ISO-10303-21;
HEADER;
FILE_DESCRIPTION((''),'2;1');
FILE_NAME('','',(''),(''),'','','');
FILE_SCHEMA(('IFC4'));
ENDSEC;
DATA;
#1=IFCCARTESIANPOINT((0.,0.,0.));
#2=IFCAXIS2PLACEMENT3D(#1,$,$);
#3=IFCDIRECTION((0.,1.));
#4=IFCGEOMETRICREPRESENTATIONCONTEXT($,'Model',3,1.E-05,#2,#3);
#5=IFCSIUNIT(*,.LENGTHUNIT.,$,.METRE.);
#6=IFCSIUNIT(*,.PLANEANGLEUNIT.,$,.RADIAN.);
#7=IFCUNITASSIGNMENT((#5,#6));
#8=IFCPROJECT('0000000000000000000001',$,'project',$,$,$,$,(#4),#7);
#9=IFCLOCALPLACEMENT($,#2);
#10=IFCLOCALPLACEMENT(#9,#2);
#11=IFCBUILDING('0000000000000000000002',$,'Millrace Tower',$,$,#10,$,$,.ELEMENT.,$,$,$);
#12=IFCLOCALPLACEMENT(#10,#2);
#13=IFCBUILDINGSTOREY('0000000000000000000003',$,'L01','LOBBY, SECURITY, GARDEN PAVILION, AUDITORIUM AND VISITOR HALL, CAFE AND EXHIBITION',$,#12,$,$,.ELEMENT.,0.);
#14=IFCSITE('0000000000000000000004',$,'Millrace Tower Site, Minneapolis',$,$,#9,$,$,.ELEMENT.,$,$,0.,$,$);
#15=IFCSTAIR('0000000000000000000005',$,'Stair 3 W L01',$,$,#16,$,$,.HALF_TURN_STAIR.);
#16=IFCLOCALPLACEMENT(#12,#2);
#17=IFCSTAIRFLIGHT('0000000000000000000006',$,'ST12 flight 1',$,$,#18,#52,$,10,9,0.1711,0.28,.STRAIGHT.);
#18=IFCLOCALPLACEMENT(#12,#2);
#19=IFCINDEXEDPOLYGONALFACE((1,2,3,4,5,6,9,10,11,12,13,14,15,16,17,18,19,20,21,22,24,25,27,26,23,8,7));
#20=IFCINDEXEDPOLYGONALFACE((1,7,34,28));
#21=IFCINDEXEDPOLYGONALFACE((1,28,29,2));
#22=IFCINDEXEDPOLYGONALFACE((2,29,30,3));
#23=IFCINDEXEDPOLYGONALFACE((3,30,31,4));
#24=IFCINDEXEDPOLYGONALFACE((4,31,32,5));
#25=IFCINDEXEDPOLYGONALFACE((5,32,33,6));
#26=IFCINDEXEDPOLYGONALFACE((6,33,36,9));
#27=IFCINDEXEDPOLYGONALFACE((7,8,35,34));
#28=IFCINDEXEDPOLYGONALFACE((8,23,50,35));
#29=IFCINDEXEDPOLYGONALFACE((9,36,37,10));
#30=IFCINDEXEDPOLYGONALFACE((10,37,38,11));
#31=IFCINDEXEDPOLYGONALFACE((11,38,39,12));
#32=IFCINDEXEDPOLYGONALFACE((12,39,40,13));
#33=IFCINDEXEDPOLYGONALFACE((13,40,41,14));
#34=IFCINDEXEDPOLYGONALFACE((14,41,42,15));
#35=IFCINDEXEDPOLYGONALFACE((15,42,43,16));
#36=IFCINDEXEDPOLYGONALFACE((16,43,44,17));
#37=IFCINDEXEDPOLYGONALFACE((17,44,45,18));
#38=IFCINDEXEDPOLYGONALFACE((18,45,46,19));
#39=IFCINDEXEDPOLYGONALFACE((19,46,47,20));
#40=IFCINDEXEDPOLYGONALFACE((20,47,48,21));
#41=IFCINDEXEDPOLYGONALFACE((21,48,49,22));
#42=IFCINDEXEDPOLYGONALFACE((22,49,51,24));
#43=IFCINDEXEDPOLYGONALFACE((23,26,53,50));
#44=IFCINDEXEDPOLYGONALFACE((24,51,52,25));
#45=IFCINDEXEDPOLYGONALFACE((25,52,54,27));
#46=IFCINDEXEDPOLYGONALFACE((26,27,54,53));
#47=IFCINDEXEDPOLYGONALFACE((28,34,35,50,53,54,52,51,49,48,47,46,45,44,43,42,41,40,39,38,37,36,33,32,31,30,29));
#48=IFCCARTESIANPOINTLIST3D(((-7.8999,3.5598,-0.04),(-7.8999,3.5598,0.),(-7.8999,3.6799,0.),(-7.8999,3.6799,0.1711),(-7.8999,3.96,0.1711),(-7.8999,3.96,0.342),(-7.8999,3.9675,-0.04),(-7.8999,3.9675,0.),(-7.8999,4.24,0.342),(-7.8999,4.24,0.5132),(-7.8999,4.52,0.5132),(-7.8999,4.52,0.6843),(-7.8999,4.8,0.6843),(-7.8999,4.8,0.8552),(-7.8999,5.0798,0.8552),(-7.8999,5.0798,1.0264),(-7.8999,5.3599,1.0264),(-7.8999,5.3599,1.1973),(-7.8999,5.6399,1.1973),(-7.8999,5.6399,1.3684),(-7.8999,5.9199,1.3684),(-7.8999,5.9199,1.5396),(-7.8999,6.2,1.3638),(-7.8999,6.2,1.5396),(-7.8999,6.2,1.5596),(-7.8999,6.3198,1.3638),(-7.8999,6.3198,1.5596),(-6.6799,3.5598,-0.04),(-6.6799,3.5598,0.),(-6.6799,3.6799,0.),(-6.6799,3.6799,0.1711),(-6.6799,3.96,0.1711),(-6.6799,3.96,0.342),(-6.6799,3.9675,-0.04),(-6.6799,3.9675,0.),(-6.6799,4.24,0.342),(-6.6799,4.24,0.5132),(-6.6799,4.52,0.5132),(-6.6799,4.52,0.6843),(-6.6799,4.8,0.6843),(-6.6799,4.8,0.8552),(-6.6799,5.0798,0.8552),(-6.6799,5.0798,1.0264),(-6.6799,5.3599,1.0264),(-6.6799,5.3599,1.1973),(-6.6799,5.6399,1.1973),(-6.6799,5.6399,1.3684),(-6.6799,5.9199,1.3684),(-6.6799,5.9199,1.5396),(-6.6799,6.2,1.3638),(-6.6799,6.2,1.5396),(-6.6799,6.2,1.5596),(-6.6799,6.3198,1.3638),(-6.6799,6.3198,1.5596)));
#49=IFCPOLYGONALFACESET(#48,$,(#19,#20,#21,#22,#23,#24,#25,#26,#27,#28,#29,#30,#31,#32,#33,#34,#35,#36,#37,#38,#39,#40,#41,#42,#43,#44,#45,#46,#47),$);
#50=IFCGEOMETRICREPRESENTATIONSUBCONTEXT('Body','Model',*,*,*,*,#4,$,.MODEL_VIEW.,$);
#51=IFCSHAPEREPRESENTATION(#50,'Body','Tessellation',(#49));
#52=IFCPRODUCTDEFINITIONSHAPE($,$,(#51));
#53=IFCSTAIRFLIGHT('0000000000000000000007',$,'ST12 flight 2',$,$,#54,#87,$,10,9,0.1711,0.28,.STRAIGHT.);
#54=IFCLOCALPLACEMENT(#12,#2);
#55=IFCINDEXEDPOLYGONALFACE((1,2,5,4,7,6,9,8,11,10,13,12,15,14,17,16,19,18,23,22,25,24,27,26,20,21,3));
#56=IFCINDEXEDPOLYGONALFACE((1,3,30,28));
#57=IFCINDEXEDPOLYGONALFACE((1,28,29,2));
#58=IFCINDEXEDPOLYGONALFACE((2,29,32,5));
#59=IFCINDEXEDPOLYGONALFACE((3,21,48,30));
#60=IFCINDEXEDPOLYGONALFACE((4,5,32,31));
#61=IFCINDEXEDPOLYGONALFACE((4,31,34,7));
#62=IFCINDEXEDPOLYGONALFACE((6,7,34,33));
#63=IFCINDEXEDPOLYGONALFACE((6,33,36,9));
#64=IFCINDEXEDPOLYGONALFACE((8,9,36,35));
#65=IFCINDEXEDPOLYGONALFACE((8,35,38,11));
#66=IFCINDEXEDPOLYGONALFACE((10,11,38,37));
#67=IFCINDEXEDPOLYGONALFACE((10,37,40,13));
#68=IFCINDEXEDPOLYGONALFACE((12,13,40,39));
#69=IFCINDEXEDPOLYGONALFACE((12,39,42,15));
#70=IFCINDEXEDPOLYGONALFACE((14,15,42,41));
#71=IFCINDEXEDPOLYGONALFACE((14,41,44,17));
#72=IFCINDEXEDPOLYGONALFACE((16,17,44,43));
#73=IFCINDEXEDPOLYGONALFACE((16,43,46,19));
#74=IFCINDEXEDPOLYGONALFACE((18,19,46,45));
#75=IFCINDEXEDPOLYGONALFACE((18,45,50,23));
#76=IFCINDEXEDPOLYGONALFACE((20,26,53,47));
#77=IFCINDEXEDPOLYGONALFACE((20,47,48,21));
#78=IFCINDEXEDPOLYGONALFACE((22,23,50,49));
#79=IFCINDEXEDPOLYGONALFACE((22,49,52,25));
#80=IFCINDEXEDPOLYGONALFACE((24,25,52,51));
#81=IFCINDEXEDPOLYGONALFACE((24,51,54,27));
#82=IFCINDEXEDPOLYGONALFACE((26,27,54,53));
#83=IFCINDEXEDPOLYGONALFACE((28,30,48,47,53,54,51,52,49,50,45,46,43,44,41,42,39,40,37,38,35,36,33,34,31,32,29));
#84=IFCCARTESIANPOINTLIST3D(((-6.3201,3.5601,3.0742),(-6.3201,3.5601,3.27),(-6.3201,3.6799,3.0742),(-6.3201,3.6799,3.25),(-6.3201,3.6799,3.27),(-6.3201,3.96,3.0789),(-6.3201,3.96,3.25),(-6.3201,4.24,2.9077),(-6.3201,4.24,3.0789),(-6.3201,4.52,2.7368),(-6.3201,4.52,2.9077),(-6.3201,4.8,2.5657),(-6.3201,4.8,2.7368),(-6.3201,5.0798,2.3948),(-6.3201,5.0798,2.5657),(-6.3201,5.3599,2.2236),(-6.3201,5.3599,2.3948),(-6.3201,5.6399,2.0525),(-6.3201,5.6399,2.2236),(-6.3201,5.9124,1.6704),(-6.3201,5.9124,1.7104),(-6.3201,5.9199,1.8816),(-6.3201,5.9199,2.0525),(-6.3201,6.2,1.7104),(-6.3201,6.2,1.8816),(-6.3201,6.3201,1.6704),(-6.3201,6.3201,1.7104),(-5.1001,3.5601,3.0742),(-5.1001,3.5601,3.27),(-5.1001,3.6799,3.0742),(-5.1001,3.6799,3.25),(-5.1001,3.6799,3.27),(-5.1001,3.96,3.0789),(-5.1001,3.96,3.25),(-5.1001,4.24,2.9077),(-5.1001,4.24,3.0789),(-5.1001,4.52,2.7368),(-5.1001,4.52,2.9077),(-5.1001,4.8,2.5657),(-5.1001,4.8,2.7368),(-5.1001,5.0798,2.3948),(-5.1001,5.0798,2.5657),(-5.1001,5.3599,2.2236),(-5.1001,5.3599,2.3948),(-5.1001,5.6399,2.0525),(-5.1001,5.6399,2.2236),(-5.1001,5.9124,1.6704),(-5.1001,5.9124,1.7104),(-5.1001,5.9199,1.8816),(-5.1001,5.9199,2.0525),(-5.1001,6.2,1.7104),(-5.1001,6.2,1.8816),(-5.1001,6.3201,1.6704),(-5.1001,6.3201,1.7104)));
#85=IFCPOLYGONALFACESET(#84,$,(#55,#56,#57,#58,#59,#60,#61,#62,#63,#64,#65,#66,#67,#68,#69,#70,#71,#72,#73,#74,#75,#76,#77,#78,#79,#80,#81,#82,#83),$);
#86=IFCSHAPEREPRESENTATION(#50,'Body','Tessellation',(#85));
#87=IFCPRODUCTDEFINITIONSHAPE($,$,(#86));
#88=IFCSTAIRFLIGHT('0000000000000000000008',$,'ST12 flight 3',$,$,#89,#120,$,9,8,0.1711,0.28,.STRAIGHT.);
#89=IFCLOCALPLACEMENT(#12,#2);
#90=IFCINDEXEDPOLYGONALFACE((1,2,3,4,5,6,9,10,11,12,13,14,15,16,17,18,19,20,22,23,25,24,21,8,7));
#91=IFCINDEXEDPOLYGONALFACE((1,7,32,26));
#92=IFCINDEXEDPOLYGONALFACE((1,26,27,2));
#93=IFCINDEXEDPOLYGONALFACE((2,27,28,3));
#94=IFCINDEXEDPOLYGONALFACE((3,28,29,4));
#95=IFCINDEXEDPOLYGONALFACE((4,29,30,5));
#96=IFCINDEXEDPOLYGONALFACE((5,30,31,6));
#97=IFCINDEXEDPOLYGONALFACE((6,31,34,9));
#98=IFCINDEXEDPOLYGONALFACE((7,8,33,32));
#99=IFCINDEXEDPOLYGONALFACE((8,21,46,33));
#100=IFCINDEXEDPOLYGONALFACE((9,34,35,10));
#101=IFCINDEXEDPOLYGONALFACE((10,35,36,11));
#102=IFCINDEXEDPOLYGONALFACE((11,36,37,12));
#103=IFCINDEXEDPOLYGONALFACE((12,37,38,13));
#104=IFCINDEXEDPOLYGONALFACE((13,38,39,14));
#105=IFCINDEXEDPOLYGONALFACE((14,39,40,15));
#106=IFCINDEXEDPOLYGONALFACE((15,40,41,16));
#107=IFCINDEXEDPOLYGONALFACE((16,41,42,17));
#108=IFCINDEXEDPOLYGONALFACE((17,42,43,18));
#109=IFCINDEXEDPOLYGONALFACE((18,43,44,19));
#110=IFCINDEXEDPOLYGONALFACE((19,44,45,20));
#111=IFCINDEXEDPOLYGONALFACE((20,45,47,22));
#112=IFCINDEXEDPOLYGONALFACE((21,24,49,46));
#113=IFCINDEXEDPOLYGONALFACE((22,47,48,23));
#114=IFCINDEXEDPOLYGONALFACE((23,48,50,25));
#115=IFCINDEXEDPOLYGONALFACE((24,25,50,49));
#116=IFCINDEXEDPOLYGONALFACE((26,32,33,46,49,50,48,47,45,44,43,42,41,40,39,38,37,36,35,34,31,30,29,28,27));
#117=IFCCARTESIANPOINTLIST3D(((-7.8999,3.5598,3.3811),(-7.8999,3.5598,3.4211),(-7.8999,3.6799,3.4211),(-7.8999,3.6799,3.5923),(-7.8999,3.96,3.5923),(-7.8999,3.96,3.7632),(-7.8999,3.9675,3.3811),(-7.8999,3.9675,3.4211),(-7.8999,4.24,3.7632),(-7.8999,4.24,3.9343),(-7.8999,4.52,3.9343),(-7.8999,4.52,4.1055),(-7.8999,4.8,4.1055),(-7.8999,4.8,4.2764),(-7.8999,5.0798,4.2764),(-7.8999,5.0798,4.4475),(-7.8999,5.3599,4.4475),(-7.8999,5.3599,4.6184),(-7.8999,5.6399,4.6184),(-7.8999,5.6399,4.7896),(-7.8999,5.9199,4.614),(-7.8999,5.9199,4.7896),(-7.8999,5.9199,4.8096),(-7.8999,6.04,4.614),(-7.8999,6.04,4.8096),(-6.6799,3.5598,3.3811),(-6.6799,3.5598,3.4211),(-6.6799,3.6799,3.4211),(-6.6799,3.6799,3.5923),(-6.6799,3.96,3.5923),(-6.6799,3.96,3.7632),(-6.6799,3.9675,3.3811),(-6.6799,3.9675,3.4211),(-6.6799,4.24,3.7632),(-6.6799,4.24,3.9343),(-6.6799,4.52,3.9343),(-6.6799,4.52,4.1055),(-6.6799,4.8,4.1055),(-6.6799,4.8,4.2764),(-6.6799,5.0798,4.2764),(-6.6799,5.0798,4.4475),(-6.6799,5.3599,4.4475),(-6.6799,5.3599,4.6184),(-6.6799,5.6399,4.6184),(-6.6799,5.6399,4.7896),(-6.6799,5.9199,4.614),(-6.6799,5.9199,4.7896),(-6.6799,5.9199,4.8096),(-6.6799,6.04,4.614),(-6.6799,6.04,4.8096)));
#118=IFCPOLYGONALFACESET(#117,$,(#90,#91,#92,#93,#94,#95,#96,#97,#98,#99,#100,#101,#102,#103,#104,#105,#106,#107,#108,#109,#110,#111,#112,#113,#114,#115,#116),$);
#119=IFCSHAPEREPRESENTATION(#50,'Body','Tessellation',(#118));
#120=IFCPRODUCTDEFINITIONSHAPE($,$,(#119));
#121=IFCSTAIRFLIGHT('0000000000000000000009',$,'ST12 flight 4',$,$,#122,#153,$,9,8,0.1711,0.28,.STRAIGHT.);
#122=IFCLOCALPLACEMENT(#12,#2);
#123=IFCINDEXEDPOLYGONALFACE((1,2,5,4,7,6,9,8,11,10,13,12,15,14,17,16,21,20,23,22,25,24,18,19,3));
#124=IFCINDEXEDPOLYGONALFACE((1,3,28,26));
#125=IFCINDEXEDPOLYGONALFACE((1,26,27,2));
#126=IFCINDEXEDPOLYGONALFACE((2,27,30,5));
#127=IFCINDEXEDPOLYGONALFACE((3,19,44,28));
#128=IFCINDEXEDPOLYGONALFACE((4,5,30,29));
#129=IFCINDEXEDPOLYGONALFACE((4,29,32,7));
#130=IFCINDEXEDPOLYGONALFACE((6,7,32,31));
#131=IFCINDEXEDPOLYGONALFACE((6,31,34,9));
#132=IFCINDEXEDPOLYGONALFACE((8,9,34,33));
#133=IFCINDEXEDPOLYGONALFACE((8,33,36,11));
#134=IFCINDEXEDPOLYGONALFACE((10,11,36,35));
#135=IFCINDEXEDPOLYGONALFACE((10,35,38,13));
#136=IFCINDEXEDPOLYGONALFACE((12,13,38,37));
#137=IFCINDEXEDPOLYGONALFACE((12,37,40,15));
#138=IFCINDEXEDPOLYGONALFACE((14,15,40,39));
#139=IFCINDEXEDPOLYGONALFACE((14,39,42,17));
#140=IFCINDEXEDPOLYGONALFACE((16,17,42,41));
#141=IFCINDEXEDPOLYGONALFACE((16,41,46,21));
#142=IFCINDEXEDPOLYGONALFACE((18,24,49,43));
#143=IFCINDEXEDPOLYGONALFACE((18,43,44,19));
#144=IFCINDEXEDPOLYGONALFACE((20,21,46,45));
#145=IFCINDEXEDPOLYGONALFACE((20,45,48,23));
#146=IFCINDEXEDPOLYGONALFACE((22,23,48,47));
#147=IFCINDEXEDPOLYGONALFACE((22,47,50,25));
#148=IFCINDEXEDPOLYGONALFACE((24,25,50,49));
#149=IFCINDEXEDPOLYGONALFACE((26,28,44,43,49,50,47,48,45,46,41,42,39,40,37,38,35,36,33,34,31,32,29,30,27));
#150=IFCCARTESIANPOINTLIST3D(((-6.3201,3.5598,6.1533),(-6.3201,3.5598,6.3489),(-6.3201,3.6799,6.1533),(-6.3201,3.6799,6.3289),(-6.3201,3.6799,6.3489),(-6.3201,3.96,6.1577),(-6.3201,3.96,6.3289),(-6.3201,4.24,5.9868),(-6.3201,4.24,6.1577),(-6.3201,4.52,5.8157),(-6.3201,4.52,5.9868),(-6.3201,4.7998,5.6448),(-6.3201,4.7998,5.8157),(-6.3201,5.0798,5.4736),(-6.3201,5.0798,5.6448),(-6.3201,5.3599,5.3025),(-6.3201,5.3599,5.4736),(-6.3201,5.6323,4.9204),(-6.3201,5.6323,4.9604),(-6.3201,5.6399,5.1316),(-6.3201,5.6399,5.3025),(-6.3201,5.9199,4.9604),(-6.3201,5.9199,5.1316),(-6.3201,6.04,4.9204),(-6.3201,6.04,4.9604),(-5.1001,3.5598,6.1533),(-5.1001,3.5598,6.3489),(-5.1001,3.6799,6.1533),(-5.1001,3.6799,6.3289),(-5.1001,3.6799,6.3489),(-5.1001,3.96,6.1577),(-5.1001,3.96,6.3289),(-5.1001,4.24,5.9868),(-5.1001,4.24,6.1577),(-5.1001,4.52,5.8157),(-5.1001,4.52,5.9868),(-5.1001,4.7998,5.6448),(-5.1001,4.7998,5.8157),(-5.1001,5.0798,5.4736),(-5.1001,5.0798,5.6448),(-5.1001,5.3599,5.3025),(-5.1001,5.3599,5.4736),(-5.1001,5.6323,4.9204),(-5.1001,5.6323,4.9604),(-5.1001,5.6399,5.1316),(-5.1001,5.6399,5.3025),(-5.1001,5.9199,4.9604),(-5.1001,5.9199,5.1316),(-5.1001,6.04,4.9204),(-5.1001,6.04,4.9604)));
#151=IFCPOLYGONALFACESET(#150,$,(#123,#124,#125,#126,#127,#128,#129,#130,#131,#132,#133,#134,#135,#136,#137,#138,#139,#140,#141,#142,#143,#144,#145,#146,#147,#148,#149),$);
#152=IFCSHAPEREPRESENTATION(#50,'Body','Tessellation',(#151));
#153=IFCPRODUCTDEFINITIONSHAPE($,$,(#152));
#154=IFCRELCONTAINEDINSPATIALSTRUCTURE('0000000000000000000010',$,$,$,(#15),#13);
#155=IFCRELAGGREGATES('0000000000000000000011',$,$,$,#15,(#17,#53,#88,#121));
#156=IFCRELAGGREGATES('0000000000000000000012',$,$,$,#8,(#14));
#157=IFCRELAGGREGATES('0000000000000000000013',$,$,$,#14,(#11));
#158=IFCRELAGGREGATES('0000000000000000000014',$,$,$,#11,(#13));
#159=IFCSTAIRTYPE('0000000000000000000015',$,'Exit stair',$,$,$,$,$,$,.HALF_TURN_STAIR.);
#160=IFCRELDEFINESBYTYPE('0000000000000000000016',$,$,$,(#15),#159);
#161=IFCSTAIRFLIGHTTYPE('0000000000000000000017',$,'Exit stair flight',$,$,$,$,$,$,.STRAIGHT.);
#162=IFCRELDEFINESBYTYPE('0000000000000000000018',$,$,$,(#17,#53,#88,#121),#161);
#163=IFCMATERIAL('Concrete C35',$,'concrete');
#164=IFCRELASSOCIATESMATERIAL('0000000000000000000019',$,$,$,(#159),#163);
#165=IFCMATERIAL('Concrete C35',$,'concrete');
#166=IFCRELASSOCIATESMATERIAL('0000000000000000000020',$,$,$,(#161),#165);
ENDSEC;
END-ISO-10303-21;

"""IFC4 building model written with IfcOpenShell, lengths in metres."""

from ifc_helpers import new_model, si_unit, direction, frame, origin, place, context, subcontext, project, spatial, polyline, outline, extrude, material, type_object, element, aggregate, save


model = new_model("IFC4")

# Units and contexts
model_context = context("Model", 3, precision=1e-05, world=origin(), true_north=direction((0.0, 1.0)))
body_context = subcontext(model_context, "Body", "Model", "MODEL_VIEW")
ifc_project = project(units=[si_unit("LENGTHUNIT", "METRE"), si_unit("PLANEANGLEUNIT", "RADIAN")], contexts=[model_context])

# Site, building, storey
site_placement = place(None, origin())
site = spatial("IfcSite", under=ifc_project, at=site_placement, Name="Millrace Tower Site, Minneapolis", CompositionType="ELEMENT", RefElevation=0.0)
building_placement = place(site_placement, origin())
building = spatial("IfcBuilding", under=site, at=building_placement, Name="Millrace Tower", CompositionType="ELEMENT")
storey_placement = place(building_placement, origin())
storey = spatial("IfcBuildingStorey", under=building, at=storey_placement, Name="L01", Description="LOBBY, SECURITY, GARDEN PAVILION, AUDITORIUM AND VISITOR HALL, CAFE AND EXHIBITION", CompositionType="ELEMENT", Elevation=0.0)

# Shared definitions
ifc_material_1 = material(Name="Concrete C35", Category="concrete")
stair_type = type_object("IfcStairType", Name="Exit stair", PredefinedType="HALF_TURN_STAIR", material=ifc_material_1)
placement = place(storey_placement, origin())
ifc_material_2 = material(Name="Concrete C35", Category="concrete")
stair_flight_type = type_object("IfcStairFlightType", Name="Exit stair flight", PredefinedType="STRAIGHT", material=ifc_material_2)

# Stair, stair flights
stair_1 = element("IfcStair", 1, at=placement, inside=storey, type_object=stair_type, Name="Stair 3 W L01", PredefinedType="HALF_TURN_STAIR")
stair_flight_1_placement = place(storey_placement, frame((-7.29, 3.6799, 0.0), z_axis=(0.0, 0.0, 1.0), x_axis=(0.0, 1.0, 0.0)))
stair_flight_1 = element("IfcStairFlight", 2, at=stair_flight_1_placement, type_object=stair_flight_type, Name="ST12 flight 1", NumberOfRisers=10, NumberOfTreads=9, PredefinedType="STRAIGHT", RiserHeight=0.1711, TreadLength=0.28, context=body_context, shape_type="SweptSolid", body=[
    extrude(outline(polyline([(-0.1201, -0.04), (-0.1201, 0.0), (0.0, 0.0), (0.0, 0.1711), (0.28, 0.1711), (0.28, 0.342), (0.5601, 0.342), (0.5601, 0.5132), (0.8401, 0.5132), (0.8401, 0.6843), (1.1201, 0.6843), (1.1201, 0.8552), (1.3999, 0.8552), (1.3999, 1.0264), (1.6799, 1.0264), (1.6799, 1.1973), (1.96, 1.1973), (1.96, 1.3684), (2.24, 1.3684), (2.24, 1.5396), (2.52, 1.5396), (2.52, 1.5596), (2.6399, 1.5596), (2.6399, 1.3638), (2.52, 1.3638), (0.2876, 0.0), (0.2876, -0.04), (-0.1201, -0.04)])), frame((0.0, 0.6099, 0.0), z_axis=(0.0, -1.0, 0.0), x_axis=(1.0, 0.0, 0.0)), (0.0, 0.0, 1.0), 1.22),
])
stair_flight_2_placement = place(storey_placement, frame((-5.71, 6.2, 1.7104), z_axis=(0.0, 0.0, 1.0), x_axis=(0.0, -1.0, 0.0)))
stair_flight_2 = element("IfcStairFlight", 3, at=stair_flight_2_placement, type_object=stair_flight_type, Name="ST12 flight 2", NumberOfRisers=10, NumberOfTreads=9, PredefinedType="STRAIGHT", RiserHeight=0.1711, TreadLength=0.28, context=body_context, shape_type="SweptSolid", body=[
    extrude(outline(polyline([(-0.1201, -0.04), (-0.1201, 0.0), (0.0, 0.0), (0.0, 0.1711), (0.28, 0.1711), (0.28, 0.342), (0.5601, 0.342), (0.5601, 0.5132), (0.8401, 0.5132), (0.8401, 0.6843), (1.1201, 0.6843), (1.1201, 0.8552), (1.3999, 0.8552), (1.3999, 1.0264), (1.6799, 1.0264), (1.6799, 1.1973), (1.96, 1.1973), (1.96, 1.3684), (2.24, 1.3684), (2.24, 1.5396), (2.52, 1.5396), (2.52, 1.5596), (2.6399, 1.5596), (2.6399, 1.3638), (2.52, 1.3638), (0.2876, 0.0), (0.2876, -0.04), (-0.1201, -0.04)])), frame((0.0, 0.6099, 0.0), z_axis=(0.0, -1.0, 0.0), x_axis=(1.0, 0.0, 0.0)), (0.0, 0.0, 1.0), 1.22),
])
stair_flight_3_placement = place(storey_placement, frame((-7.29, 3.6799, 3.4211), z_axis=(0.0, 0.0, 1.0), x_axis=(0.0, 1.0, 0.0)))
stair_flight_3 = element("IfcStairFlight", 4, at=stair_flight_3_placement, type_object=stair_flight_type, Name="ST12 flight 3", NumberOfRisers=9, NumberOfTreads=8, PredefinedType="STRAIGHT", RiserHeight=0.1711, TreadLength=0.28, context=body_context, shape_type="SweptSolid", body=[
    extrude(outline(polyline([(-0.1201, -0.04), (-0.1201, 0.0), (0.0, 0.0), (0.0, 0.1711), (0.28, 0.1711), (0.28, 0.342), (0.5601, 0.342), (0.5601, 0.5132), (0.8401, 0.5132), (0.8401, 0.6843), (1.1201, 0.6843), (1.1201, 0.8552), (1.3999, 0.8552), (1.3999, 1.0264), (1.6799, 1.0264), (1.6799, 1.1973), (1.96, 1.1973), (1.96, 1.3684), (2.24, 1.3684), (2.24, 1.3884), (2.3601, 1.3884), (2.3601, 1.1929), (2.24, 1.1929), (0.2876, 0.0), (0.2876, -0.04), (-0.1201, -0.04)])), frame((0.0, 0.6099, 0.0), z_axis=(0.0, -1.0, 0.0), x_axis=(1.0, 0.0, 0.0)), (0.0, 0.0, 1.0), 1.22),
])
stair_flight_4_placement = place(storey_placement, frame((-5.71, 5.9199, 4.9604), z_axis=(0.0, 0.0, 1.0), x_axis=(0.0, -1.0, 0.0)))
stair_flight_4 = element("IfcStairFlight", 5, at=stair_flight_4_placement, type_object=stair_flight_type, Name="ST12 flight 4", NumberOfRisers=9, NumberOfTreads=8, PredefinedType="STRAIGHT", RiserHeight=0.1711, TreadLength=0.28, context=body_context, shape_type="SweptSolid", body=[
    extrude(outline(polyline([(-0.1201, -0.04), (-0.1201, 0.0), (0.0, 0.0), (0.0, 0.1711), (0.28, 0.1711), (0.28, 0.342), (0.5601, 0.342), (0.5601, 0.5132), (0.8401, 0.5132), (0.8401, 0.6843), (1.1201, 0.6843), (1.1201, 0.8552), (1.3999, 0.8552), (1.3999, 1.0264), (1.6799, 1.0264), (1.6799, 1.1973), (1.96, 1.1973), (1.96, 1.3684), (2.24, 1.3684), (2.24, 1.3884), (2.3601, 1.3884), (2.3601, 1.1929), (2.24, 1.1929), (0.2876, 0.0), (0.2876, -0.04), (-0.1201, -0.04)])), frame((0.0, 0.6099, 0.0), z_axis=(0.0, -1.0, 0.0), x_axis=(1.0, 0.0, 0.0)), (0.0, 0.0, 1.0), 1.22),
])
aggregate(stair_1, [stair_flight_1, stair_flight_2, stair_flight_3, stair_flight_4])

save(model, "model.ifc")
